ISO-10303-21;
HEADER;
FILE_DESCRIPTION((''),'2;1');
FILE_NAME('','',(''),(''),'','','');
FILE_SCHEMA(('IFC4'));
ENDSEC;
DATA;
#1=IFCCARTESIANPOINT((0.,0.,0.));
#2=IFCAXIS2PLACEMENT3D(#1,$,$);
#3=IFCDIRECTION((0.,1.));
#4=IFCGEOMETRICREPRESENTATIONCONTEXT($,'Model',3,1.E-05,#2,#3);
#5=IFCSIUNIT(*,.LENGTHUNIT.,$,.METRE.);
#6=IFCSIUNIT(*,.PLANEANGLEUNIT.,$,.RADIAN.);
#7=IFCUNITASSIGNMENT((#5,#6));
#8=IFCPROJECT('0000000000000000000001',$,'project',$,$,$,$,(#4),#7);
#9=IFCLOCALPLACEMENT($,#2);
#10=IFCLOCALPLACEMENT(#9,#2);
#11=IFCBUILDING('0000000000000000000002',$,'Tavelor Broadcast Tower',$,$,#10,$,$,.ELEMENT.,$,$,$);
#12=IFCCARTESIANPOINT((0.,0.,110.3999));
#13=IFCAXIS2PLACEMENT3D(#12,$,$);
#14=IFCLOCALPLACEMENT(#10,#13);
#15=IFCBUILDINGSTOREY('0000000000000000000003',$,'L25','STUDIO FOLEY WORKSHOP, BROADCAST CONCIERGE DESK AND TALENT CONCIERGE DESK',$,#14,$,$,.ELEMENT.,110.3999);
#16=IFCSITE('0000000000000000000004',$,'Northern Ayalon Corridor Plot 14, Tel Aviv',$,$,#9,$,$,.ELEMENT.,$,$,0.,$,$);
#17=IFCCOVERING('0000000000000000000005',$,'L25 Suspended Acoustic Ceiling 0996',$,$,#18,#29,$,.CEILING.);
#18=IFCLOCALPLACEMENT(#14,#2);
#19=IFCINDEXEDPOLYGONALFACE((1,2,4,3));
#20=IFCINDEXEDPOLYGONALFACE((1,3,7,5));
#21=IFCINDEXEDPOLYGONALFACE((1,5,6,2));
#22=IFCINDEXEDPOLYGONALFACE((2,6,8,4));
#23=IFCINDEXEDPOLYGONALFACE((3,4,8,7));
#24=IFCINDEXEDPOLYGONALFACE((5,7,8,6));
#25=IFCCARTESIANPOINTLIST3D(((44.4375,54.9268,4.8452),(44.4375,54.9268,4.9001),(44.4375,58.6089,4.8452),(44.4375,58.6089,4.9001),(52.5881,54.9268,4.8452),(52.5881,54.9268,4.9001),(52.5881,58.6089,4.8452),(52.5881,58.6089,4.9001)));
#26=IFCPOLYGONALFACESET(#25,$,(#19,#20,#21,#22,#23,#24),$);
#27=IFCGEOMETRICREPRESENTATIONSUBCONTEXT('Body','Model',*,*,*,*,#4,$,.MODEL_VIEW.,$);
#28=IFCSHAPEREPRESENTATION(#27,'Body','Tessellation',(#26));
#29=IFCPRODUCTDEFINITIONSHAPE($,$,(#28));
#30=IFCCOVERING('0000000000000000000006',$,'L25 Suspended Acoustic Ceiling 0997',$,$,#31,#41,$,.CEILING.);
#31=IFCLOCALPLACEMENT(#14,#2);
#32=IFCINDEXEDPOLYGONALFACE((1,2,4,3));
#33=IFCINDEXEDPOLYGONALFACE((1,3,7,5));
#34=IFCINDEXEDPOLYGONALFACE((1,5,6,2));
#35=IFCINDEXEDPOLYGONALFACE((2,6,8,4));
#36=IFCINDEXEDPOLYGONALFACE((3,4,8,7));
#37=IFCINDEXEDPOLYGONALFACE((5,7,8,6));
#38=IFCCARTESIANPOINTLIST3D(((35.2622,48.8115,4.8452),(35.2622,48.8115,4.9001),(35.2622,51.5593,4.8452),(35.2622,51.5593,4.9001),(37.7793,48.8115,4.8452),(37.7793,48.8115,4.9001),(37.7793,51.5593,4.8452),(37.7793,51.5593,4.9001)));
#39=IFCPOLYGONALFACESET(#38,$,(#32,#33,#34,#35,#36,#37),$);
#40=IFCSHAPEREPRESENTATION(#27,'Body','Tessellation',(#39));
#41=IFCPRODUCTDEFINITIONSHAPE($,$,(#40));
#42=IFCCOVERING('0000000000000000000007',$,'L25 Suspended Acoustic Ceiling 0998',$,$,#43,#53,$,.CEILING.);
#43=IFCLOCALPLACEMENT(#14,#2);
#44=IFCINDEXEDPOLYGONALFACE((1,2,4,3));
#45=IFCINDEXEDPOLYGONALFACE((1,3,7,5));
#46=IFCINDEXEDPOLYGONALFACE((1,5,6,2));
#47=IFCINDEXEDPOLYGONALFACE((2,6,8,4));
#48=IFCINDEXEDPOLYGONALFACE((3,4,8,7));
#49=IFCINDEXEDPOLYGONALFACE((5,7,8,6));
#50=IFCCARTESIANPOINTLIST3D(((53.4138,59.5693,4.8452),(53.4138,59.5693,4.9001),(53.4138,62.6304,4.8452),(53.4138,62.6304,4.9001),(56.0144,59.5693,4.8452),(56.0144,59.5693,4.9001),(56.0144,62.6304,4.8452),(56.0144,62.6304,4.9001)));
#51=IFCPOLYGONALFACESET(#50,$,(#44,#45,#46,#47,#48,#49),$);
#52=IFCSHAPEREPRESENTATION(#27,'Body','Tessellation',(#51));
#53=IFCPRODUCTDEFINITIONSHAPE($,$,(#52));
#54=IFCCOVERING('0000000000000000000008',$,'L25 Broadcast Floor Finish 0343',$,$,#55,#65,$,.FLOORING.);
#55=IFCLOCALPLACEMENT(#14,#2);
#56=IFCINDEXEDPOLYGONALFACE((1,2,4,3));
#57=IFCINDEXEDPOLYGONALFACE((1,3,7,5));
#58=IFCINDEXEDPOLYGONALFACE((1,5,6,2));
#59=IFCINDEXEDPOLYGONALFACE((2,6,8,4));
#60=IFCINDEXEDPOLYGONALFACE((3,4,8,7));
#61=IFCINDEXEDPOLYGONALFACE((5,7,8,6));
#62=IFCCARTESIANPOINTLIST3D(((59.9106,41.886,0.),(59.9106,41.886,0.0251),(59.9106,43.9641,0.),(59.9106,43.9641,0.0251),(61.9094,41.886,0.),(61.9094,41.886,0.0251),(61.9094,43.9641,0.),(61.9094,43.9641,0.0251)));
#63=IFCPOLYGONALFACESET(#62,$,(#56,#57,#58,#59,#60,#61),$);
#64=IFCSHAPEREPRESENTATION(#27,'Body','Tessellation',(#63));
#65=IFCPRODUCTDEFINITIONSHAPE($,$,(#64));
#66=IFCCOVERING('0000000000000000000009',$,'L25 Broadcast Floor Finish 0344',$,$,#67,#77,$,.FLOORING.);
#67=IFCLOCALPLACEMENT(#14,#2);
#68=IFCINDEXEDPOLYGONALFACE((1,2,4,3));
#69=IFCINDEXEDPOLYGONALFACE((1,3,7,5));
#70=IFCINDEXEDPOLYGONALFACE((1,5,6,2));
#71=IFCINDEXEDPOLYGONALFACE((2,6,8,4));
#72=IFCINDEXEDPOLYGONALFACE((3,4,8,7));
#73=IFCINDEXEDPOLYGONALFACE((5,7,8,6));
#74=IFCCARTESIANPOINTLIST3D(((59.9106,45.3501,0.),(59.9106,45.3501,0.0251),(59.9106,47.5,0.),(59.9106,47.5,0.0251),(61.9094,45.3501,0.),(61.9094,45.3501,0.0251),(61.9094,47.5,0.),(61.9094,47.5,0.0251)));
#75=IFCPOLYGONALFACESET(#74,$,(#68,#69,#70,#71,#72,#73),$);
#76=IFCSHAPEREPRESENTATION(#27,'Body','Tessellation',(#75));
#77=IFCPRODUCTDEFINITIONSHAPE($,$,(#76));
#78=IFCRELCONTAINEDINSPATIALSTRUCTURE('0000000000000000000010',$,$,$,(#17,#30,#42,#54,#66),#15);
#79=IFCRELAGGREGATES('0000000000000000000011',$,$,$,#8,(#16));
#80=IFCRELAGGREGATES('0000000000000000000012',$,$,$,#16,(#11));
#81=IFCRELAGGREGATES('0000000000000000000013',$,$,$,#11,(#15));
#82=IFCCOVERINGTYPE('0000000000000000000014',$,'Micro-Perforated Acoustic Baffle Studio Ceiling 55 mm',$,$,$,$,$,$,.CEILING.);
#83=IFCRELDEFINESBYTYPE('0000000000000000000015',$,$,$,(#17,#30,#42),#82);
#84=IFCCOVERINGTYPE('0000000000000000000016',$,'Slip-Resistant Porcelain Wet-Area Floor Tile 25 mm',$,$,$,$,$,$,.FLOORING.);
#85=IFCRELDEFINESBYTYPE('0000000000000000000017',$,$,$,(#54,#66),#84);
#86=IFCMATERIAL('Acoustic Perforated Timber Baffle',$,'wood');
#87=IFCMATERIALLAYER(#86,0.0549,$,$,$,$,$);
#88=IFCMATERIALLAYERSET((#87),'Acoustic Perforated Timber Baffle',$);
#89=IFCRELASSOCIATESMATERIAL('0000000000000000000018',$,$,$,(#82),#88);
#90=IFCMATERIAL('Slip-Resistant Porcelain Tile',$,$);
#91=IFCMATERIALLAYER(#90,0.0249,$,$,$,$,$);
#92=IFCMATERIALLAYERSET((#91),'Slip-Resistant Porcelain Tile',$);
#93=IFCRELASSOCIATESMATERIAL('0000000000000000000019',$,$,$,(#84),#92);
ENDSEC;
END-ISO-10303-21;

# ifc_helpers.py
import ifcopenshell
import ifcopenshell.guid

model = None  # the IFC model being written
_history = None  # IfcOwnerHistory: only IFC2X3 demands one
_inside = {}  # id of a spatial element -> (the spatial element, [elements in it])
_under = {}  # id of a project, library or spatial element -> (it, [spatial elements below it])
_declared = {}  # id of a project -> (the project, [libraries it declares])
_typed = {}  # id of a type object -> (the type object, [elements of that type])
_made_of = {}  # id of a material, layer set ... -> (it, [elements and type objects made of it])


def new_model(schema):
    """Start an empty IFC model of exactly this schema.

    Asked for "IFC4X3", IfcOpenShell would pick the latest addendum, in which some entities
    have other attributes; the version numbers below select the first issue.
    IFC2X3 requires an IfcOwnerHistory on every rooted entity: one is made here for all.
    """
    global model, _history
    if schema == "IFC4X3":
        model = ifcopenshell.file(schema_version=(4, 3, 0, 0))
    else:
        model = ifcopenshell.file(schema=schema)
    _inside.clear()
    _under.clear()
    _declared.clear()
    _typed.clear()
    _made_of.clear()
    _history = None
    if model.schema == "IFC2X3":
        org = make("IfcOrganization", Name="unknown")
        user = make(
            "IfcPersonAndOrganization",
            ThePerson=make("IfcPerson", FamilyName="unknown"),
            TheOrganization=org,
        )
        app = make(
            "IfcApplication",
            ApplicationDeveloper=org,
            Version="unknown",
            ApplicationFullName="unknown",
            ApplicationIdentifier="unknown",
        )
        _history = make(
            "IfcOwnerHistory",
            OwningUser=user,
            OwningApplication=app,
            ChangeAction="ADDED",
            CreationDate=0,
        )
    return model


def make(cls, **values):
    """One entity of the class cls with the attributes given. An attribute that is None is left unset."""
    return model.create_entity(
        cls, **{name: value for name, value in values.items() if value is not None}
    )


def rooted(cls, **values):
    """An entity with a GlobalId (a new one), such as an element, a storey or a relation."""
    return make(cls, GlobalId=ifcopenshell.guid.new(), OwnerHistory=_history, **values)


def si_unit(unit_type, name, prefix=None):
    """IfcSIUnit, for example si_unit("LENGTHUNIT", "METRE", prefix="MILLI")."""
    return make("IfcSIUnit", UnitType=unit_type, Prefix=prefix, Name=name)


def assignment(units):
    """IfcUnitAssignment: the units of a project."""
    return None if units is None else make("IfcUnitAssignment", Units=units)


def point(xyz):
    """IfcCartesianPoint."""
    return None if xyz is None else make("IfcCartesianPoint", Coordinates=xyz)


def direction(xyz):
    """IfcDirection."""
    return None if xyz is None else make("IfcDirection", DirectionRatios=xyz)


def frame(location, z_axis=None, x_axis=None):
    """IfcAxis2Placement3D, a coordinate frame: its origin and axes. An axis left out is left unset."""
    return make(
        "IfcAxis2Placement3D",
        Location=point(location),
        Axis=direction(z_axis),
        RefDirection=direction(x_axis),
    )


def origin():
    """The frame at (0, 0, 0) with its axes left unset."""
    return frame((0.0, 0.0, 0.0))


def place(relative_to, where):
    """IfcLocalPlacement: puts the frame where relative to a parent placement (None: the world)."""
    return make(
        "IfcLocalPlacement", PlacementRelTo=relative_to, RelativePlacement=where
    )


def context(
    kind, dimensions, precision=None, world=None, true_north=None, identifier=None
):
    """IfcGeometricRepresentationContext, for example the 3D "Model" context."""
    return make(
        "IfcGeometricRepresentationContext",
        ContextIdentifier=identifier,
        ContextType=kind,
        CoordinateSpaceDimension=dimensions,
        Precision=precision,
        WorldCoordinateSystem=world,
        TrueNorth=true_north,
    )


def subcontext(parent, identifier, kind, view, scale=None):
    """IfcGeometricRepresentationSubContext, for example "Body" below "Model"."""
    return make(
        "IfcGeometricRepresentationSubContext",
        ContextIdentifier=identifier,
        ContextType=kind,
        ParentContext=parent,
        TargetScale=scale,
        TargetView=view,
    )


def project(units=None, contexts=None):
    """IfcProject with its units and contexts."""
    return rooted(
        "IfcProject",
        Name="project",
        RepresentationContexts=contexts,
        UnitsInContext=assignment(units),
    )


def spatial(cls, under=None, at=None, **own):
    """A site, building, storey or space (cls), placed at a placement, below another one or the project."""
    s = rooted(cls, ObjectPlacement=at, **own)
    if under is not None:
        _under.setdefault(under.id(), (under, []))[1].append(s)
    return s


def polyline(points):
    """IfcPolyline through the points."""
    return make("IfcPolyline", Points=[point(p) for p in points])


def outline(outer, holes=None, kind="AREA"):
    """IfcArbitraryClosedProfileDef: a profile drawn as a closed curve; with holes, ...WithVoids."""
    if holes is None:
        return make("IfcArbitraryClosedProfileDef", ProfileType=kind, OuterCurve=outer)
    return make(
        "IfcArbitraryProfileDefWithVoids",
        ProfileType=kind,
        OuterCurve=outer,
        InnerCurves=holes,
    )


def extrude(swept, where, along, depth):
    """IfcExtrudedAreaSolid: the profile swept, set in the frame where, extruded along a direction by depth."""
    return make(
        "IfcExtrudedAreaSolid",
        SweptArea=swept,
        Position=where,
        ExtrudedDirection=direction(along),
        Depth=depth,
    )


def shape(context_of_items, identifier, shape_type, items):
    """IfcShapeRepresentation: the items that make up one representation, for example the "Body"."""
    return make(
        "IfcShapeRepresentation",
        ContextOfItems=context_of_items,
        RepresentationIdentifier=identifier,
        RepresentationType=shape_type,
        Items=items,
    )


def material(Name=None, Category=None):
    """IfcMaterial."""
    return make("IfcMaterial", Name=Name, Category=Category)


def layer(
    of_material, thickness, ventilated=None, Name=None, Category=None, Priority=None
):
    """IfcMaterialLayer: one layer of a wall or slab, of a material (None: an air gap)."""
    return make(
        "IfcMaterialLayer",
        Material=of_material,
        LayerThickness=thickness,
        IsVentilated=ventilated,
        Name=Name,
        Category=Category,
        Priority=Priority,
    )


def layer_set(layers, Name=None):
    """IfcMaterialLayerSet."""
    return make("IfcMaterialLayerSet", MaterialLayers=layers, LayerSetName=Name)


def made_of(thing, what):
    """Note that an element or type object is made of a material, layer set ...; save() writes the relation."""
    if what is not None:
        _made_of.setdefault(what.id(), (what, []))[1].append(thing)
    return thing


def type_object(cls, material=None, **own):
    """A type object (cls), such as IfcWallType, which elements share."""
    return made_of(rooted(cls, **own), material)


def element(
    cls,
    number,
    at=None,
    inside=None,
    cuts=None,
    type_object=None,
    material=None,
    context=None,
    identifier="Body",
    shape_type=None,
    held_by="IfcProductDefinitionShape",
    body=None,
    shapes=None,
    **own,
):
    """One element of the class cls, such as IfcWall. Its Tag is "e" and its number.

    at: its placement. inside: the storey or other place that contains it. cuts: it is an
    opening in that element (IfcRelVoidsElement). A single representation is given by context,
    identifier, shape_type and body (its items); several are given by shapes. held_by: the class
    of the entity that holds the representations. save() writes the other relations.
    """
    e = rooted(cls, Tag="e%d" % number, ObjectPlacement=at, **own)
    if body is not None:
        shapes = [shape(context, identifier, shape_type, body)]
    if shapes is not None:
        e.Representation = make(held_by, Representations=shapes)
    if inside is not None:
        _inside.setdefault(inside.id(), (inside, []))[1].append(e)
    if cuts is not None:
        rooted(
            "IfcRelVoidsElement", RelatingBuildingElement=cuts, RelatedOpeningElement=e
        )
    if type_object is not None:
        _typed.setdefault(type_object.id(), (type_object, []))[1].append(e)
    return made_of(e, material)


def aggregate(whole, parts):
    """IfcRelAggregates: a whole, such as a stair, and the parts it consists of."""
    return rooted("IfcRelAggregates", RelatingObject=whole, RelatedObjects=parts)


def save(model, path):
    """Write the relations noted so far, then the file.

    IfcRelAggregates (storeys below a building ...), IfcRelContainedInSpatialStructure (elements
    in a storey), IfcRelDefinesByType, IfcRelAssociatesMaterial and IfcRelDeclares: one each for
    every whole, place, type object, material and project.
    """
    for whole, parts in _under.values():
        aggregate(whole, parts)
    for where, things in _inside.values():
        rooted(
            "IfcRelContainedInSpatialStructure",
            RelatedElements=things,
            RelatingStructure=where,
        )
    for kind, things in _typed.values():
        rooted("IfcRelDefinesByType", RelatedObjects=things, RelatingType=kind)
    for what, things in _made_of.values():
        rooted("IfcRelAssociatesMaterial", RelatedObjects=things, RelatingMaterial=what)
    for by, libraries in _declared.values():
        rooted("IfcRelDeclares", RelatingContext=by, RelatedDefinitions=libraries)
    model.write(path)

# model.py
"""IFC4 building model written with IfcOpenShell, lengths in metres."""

from ifc_helpers import new_model, si_unit, direction, frame, origin, place, context, subcontext, project, spatial, polyline, outline, extrude, material, layer, layer_set, type_object, element, save


model = new_model("IFC4")

# Units and contexts
model_context = context("Model", 3, precision=1e-05, world=origin(), true_north=direction((0.0, 1.0)))
body_context = subcontext(model_context, "Body", "Model", "MODEL_VIEW")
ifc_project = project(units=[si_unit("LENGTHUNIT", "METRE"), si_unit("PLANEANGLEUNIT", "RADIAN")], contexts=[model_context])

# Site, building, storey
site_placement = place(None, origin())
site = spatial("IfcSite", under=ifc_project, at=site_placement, Name="Northern Ayalon Corridor Plot 14, Tel Aviv", CompositionType="ELEMENT", RefElevation=0.0)
building_placement = place(site_placement, origin())
building = spatial("IfcBuilding", under=site, at=building_placement, Name="Tavelor Broadcast Tower", CompositionType="ELEMENT")
storey_placement = place(building_placement, frame((0.0, 0.0, 110.3999)))
storey = spatial("IfcBuildingStorey", under=building, at=storey_placement, Name="L25", Description="STUDIO FOLEY WORKSHOP, BROADCAST CONCIERGE DESK AND TALENT CONCIERGE DESK", CompositionType="ELEMENT", Elevation=110.3999)

# Coverings
ifc_material_1 = material(Name="Acoustic Perforated Timber Baffle", Category="wood")
ifc_layer_1 = layer(ifc_material_1, 0.0549)
ifc_layer_set_1 = layer_set([ifc_layer_1], Name="Acoustic Perforated Timber Baffle")
covering_type_1 = type_object("IfcCoveringType", Name="Micro-Perforated Acoustic Baffle Studio Ceiling 55 mm", PredefinedType="CEILING", material=ifc_layer_set_1)
covering_1_placement = place(storey_placement, frame((0.0, 0.0, 4.8452)))
element("IfcCovering", 1, at=covering_1_placement, inside=storey, type_object=covering_type_1, Name="L25 Suspended Acoustic Ceiling 0996", PredefinedType="CEILING", context=body_context, shape_type="SweptSolid", body=[
    extrude(outline(polyline([(44.4375, 54.9268), (52.5881, 54.9268), (52.5881, 58.6089), (44.4375, 58.6089), (44.4375, 54.9268)])), origin(), (0.0, 0.0, 1.0), 0.0549),
])
covering_2_placement = place(storey_placement, frame((0.0, 0.0, 4.8452)))
element("IfcCovering", 2, at=covering_2_placement, inside=storey, type_object=covering_type_1, Name="L25 Suspended Acoustic Ceiling 0997", PredefinedType="CEILING", context=body_context, shape_type="SweptSolid", body=[
    extrude(outline(polyline([(35.2622, 48.8115), (37.7793, 48.8115), (37.7793, 51.5593), (35.2622, 51.5593), (35.2622, 48.8115)])), origin(), (0.0, 0.0, 1.0), 0.0549),
])
covering_3_placement = place(storey_placement, frame((0.0, 0.0, 4.8452)))
element("IfcCovering", 3, at=covering_3_placement, inside=storey, type_object=covering_type_1, Name="L25 Suspended Acoustic Ceiling 0998", PredefinedType="CEILING", context=body_context, shape_type="SweptSolid", body=[
    extrude(outline(polyline([(53.4138, 59.5693), (56.0144, 59.5693), (56.0144, 62.6304), (53.4138, 62.6304), (53.4138, 59.5693)])), origin(), (0.0, 0.0, 1.0), 0.0549),
])
ifc_material_2 = material(Name="Slip-Resistant Porcelain Tile")
ifc_layer_2 = layer(ifc_material_2, 0.0249)
ifc_layer_set_2 = layer_set([ifc_layer_2], Name="Slip-Resistant Porcelain Tile")
covering_type_2 = type_object("IfcCoveringType", Name="Slip-Resistant Porcelain Wet-Area Floor Tile 25 mm", PredefinedType="FLOORING", material=ifc_layer_set_2)
covering_4_placement = place(storey_placement, origin())
element("IfcCovering", 4, at=covering_4_placement, inside=storey, type_object=covering_type_2, Name="L25 Broadcast Floor Finish 0343", PredefinedType="FLOORING", context=body_context, shape_type="SweptSolid", body=[
    extrude(outline(polyline([(59.9106, 41.886), (61.9094, 41.886), (61.9094, 43.9641), (59.9106, 43.9641), (59.9106, 41.886)])), origin(), (0.0, 0.0, 1.0), 0.0251),
])
covering_5_placement = place(storey_placement, origin())
element("IfcCovering", 5, at=covering_5_placement, inside=storey, type_object=covering_type_2, Name="L25 Broadcast Floor Finish 0344", PredefinedType="FLOORING", context=body_context, shape_type="SweptSolid", body=[
    extrude(outline(polyline([(59.9106, 45.3501), (61.9094, 45.3501), (61.9094, 47.5), (59.9106, 47.5), (59.9106, 45.3501)])), origin(), (0.0, 0.0, 1.0), 0.0251),
])

save(model, "model.ifc")
